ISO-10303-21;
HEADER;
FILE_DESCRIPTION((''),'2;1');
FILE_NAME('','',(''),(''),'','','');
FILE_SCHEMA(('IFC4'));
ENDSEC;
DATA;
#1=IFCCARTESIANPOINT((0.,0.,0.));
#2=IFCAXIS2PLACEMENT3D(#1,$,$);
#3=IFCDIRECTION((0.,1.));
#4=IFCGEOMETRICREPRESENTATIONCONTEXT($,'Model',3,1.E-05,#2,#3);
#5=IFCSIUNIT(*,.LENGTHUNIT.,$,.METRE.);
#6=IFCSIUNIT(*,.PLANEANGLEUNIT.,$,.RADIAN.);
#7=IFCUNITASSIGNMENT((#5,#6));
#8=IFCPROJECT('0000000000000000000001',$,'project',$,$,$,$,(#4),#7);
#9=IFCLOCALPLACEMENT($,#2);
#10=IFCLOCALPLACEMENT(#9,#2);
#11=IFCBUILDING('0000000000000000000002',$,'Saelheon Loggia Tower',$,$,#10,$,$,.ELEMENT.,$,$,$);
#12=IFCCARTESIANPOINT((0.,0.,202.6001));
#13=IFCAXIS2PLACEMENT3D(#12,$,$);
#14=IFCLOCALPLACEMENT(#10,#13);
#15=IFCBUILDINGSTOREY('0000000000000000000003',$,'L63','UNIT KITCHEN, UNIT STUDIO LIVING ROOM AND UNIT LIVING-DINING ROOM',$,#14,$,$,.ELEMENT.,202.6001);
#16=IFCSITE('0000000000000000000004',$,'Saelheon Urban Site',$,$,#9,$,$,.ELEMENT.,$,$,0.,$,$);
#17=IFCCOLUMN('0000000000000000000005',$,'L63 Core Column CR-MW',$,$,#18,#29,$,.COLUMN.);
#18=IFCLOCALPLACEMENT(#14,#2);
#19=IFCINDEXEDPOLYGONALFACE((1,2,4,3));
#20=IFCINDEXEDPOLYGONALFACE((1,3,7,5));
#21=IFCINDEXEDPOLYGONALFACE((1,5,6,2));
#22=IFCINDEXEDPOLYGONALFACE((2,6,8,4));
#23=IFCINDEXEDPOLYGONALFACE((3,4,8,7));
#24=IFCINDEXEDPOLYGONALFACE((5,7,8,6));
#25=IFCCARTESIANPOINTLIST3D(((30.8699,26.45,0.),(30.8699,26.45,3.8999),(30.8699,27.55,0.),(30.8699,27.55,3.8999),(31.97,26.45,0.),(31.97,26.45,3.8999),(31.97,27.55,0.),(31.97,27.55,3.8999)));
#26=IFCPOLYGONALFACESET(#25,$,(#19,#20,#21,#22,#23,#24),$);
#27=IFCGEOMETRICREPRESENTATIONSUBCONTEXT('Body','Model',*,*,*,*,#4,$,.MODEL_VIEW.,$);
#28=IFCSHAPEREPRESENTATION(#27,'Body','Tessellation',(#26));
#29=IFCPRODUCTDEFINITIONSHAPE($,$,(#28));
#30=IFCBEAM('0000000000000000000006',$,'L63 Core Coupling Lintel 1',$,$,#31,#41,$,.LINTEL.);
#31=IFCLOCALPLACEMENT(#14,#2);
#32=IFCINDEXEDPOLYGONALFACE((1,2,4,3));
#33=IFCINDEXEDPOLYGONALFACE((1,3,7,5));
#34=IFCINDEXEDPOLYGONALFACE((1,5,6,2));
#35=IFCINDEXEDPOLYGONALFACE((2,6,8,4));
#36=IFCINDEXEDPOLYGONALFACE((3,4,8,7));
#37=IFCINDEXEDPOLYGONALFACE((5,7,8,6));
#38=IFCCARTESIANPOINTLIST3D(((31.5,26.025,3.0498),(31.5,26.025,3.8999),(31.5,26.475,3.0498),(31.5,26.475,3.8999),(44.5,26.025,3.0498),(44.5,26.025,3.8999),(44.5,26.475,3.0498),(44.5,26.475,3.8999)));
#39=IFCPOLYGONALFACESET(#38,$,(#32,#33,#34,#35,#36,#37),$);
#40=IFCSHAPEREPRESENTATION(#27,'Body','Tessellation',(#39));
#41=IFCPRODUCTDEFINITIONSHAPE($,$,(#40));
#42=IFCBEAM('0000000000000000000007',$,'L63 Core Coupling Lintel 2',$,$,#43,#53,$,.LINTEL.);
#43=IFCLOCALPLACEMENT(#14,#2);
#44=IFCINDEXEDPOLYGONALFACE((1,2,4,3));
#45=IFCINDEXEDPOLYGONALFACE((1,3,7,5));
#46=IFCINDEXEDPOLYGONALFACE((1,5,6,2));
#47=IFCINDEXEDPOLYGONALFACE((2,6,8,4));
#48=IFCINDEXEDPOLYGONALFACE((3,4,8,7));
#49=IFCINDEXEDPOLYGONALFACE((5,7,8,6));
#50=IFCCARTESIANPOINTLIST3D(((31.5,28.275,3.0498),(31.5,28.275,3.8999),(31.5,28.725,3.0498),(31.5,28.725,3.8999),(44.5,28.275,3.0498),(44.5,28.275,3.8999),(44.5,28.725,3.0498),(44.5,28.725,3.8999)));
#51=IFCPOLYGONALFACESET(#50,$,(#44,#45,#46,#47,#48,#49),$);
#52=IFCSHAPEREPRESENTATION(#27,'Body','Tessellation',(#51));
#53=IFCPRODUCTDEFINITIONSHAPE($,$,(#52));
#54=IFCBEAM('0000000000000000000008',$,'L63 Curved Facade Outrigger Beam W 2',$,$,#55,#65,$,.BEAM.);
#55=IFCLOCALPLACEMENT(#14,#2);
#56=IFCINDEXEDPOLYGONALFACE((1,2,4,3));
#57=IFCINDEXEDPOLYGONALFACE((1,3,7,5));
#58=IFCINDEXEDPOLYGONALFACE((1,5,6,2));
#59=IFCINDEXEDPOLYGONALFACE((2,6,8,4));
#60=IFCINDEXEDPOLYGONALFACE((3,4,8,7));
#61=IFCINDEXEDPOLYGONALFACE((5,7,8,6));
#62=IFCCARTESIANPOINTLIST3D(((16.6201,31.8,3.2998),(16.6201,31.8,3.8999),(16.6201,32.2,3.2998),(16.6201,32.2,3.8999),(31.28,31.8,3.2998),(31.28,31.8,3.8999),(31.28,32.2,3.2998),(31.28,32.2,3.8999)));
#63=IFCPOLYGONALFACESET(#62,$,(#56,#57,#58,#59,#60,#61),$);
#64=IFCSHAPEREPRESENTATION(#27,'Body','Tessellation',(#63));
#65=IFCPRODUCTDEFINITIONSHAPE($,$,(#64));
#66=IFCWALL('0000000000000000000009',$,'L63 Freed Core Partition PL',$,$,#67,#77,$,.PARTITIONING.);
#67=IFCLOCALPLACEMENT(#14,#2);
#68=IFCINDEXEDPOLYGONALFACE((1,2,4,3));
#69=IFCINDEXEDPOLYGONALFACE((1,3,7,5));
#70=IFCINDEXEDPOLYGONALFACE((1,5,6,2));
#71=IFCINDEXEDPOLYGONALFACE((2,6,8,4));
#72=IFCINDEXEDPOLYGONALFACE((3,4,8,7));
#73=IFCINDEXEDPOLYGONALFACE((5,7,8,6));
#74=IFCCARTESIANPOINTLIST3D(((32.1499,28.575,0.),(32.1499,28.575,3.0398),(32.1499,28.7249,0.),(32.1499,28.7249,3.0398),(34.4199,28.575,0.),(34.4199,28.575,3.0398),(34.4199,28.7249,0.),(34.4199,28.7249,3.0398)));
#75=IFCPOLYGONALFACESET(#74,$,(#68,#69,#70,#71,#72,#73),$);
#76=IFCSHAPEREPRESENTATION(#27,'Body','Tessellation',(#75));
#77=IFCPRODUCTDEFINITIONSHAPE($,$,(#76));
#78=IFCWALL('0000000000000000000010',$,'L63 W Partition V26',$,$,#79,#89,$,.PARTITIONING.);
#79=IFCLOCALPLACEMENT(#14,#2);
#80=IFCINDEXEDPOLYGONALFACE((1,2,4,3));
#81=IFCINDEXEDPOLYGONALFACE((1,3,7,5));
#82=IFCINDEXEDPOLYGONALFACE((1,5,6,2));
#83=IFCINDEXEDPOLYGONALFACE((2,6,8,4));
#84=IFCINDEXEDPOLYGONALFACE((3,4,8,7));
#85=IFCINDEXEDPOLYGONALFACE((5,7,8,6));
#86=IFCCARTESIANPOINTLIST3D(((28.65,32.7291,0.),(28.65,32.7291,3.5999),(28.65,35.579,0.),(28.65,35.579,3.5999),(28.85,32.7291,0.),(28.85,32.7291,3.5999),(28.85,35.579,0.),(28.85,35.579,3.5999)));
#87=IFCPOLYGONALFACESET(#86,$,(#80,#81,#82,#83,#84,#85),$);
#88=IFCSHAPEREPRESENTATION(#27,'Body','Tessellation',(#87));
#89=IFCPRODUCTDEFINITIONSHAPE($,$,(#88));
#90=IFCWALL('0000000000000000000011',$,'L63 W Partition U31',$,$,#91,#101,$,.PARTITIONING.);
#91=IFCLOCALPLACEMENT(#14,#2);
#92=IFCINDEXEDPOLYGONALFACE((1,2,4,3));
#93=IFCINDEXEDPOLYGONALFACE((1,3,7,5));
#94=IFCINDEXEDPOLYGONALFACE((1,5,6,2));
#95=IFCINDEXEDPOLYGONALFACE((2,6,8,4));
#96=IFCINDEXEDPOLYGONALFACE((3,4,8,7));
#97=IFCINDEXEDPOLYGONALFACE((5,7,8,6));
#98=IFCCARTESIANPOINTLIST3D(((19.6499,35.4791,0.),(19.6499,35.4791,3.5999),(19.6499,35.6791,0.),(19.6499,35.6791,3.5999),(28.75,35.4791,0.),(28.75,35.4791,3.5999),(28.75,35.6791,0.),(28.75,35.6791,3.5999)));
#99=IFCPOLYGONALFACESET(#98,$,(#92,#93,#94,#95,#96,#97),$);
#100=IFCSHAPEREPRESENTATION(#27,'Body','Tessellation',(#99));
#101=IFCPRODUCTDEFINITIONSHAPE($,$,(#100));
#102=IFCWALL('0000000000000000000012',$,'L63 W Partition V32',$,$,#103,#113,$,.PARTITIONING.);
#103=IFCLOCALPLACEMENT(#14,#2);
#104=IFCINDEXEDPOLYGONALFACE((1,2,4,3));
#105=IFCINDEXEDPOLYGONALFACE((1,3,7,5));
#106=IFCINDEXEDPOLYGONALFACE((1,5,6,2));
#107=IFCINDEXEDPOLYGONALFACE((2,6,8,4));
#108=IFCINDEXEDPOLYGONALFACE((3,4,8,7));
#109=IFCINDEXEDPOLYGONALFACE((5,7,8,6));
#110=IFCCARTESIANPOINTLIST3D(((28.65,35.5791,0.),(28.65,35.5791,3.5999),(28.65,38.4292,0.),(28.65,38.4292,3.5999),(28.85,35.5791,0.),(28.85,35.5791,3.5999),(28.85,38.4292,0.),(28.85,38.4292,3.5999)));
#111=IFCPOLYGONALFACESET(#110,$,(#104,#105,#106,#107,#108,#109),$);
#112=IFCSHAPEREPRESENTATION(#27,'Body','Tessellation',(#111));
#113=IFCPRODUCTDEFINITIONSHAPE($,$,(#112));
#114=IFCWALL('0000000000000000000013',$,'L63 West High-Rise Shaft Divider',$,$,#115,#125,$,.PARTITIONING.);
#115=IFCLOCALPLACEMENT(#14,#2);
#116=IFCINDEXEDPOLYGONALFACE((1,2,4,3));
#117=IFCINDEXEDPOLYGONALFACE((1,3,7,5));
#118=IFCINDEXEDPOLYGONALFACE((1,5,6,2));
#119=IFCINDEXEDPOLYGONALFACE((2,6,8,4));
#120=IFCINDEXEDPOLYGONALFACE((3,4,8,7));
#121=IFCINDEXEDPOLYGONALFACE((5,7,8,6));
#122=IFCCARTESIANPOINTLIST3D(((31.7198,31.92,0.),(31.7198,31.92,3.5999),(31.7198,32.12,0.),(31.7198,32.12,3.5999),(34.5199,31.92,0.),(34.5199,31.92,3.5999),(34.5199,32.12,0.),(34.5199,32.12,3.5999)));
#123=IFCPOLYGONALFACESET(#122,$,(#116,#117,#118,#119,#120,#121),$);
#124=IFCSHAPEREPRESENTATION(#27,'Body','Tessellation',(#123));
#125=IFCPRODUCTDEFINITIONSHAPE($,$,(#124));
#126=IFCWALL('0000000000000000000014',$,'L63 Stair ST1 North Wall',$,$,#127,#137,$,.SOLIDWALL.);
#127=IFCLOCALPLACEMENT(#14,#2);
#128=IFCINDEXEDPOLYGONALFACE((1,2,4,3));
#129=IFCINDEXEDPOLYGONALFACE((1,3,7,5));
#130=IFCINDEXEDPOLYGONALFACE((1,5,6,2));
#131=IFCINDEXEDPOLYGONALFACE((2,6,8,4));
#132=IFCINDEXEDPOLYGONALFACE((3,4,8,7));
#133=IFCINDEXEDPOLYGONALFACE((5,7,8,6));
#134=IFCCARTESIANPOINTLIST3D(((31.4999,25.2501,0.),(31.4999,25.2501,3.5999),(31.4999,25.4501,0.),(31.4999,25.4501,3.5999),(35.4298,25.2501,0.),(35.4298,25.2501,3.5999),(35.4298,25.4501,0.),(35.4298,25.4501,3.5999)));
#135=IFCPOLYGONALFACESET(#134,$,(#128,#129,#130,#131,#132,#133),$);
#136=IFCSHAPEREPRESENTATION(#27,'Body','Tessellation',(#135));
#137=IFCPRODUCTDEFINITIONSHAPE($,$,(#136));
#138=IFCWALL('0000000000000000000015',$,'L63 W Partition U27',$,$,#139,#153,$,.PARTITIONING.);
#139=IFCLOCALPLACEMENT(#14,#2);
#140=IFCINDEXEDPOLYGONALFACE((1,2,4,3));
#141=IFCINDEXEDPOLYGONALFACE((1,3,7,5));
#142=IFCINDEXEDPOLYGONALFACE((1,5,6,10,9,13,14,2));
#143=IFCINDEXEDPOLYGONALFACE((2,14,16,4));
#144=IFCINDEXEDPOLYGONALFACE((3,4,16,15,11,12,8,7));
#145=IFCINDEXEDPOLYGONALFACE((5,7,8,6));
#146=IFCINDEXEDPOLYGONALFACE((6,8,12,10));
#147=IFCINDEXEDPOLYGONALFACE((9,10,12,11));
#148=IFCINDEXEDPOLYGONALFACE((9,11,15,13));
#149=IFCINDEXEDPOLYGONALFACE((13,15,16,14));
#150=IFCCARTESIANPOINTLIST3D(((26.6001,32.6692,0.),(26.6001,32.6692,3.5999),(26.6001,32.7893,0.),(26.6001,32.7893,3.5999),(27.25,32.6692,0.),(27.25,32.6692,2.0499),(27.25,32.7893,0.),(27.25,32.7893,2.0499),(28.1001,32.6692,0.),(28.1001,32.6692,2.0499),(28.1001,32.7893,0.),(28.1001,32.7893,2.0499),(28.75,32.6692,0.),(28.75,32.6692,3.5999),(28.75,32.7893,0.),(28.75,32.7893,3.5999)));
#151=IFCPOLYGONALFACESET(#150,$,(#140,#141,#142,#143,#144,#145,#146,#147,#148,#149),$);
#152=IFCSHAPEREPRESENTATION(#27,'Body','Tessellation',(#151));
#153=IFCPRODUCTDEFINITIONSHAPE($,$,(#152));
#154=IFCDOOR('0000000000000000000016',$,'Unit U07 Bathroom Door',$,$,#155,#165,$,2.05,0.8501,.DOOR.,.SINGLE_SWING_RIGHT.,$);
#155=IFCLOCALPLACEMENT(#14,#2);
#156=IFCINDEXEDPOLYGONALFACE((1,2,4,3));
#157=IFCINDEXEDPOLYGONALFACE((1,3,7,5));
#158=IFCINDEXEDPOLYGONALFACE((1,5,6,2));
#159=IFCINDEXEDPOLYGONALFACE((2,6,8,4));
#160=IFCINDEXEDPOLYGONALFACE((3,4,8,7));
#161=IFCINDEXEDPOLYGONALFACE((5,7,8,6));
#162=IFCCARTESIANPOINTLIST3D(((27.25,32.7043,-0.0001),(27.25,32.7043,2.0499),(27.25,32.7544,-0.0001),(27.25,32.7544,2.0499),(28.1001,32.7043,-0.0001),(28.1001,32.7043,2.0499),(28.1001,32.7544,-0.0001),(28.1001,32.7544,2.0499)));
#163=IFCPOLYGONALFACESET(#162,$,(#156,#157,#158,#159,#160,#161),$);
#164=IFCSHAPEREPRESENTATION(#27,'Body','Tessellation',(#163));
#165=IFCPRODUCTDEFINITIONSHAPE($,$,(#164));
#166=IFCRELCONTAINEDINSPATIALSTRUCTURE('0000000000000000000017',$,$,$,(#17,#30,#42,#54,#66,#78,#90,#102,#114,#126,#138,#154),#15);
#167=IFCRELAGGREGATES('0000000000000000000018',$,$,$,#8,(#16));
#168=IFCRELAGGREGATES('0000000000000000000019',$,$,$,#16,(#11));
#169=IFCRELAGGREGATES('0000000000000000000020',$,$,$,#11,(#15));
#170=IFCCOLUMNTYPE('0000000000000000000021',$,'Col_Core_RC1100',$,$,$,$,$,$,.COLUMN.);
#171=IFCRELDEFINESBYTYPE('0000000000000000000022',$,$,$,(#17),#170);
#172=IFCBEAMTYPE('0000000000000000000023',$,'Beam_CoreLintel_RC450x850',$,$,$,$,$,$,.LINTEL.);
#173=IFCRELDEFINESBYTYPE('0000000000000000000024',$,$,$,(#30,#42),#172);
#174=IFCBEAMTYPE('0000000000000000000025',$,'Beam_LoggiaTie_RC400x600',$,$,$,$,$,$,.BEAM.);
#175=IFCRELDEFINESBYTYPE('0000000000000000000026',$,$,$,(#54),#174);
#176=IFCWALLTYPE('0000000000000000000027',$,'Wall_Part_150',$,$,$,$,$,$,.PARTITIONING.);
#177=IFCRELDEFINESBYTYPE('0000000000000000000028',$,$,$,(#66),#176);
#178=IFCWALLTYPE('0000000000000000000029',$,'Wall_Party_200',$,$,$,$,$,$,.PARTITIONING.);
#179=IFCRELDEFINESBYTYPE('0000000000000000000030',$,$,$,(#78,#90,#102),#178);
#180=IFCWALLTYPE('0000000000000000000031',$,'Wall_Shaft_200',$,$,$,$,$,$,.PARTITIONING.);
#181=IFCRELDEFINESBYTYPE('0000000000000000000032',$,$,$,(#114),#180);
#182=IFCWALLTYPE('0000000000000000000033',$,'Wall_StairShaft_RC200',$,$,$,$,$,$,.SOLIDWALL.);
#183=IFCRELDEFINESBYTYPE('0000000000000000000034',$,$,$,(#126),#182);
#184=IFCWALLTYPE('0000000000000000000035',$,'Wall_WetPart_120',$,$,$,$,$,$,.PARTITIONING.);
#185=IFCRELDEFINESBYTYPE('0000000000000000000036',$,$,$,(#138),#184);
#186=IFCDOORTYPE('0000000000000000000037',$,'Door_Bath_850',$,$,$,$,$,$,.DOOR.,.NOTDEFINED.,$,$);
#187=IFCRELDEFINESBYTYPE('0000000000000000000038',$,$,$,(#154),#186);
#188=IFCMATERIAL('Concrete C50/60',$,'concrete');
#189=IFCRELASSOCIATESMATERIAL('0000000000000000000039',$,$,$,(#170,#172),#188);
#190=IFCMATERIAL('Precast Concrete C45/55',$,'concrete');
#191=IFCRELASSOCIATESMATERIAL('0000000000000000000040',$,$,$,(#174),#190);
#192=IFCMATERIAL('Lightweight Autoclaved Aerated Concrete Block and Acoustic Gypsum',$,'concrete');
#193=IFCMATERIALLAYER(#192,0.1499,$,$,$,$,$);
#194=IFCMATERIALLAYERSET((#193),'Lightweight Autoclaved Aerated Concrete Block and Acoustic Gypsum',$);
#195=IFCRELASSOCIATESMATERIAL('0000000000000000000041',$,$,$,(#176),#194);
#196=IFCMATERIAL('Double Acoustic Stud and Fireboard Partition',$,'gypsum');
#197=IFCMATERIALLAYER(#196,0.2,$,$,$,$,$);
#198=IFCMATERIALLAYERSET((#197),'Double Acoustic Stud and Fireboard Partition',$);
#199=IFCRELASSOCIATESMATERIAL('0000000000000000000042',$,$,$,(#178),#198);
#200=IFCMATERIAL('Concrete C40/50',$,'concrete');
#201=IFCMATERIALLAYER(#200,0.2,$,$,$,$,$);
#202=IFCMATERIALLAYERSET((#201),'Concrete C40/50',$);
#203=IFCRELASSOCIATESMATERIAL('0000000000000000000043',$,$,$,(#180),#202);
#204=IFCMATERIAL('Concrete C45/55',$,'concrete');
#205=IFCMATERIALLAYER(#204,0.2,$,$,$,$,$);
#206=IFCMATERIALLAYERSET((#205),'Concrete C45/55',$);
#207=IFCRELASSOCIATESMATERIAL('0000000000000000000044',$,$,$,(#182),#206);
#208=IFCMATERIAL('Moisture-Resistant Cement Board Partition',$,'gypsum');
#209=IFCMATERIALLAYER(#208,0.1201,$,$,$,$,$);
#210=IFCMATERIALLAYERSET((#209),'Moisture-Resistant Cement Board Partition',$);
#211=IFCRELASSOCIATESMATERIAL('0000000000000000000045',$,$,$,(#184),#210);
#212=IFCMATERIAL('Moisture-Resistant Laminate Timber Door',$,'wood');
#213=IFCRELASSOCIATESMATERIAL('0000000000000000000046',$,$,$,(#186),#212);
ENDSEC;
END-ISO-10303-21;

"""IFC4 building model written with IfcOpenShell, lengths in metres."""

from ifc_helpers import new_model, si_unit, direction, frame, frame_2d, origin, origin_2d, place, context, subcontext, project, spatial, rectangle, extrude, source, transform, mapped, material, layer, layer_set, material_profile, profile_set, type_object, element, fill, save


model = new_model("IFC4")

# Units and contexts
model_context = context("Model", 3, precision=1e-05, world=origin(), true_north=direction((0.0, 1.0)))
body_context = subcontext(model_context, "Body", "Model", "MODEL_VIEW")
ifc_project = project(units=[si_unit("LENGTHUNIT", "METRE"), si_unit("PLANEANGLEUNIT", "RADIAN")], contexts=[model_context])

# Site, building, storey
site_placement = place(None, origin())
site = spatial("IfcSite", under=ifc_project, at=site_placement, Name="Saelheon Urban Site", CompositionType="ELEMENT", RefElevation=0.0)
building_placement = place(site_placement, origin())
building = spatial("IfcBuilding", under=site, at=building_placement, Name="Saelheon Loggia Tower", CompositionType="ELEMENT")
storey_placement = place(building_placement, frame((0.0, 0.0, 202.6001)))
storey = spatial("IfcBuildingStorey", under=building, at=storey_placement, Name="L63", Description="UNIT KITCHEN, UNIT STUDIO LIVING ROOM AND UNIT LIVING-DINING ROOM", CompositionType="ELEMENT", Elevation=202.6001)

# Column
ifc_material_1 = material(Name="Concrete C50/60", Category="concrete")
ifc_material_profile_1 = material_profile(ifc_material_1, rectangle(XDim=1.1001, YDim=1.1001, at=origin_2d()), Name="RC-1100x1100")
ifc_profile_set_1 = profile_set([ifc_material_profile_1], Name="Concrete C50/60")
column_type = type_object("IfcColumnType", Name="Col_Core_RC1100", PredefinedType="COLUMN", material=ifc_profile_set_1)
shared_shape_1 = source(origin(), body_context, "Body", "SweptSolid", [
    extrude(rectangle(XDim=1.1001, YDim=1.1001, at=origin_2d()), origin(), (0.0, 0.0, 1.0), 3.8999),
])
column_placement = place(storey_placement, frame((31.4199, 27.0, 0.0), z_axis=(0.0, 0.0, 1.0), x_axis=(1.0, 0.0, 0.0)))
element("IfcColumn", 1, at=column_placement, inside=storey, type_object=column_type, Name="L63 Core Column CR-MW", PredefinedType="COLUMN", context=body_context, shape_type="MappedRepresentation", body=[
    mapped(shared_shape_1, transform((0.0, 0.0, 0.0), scale=1.0)),
])

# Beams
ifc_material_profile_2 = material_profile(ifc_material_1, rectangle(XDim=0.45, YDim=0.8501, at=origin_2d()), Name="RC-450x850")
ifc_profile_set_2 = profile_set([ifc_material_profile_2], Name="Concrete C50/60")
beam_type_1 = type_object("IfcBeamType", Name="Beam_CoreLintel_RC450x850", PredefinedType="LINTEL", material=ifc_profile_set_2)
shared_shape_2 = source(origin(), body_context, "Body", "SweptSolid", [
    extrude(rectangle(XDim=0.45, YDim=0.8501, at=origin_2d()), origin(), (0.0, 0.0, 1.0), 13.0),
])
for number, where, z_axis, x_axis, name in (
    (2, (31.5, 26.25, 3.4749), (1.0, 0.0, 0.0), (0.0, 1.0, 0.0), "L63 Core Coupling Lintel 1"),
    (3, (31.5, 28.5, 3.4749), (1.0, 0.0, 0.0), (0.0, 1.0, 0.0), "L63 Core Coupling Lintel 2"),
):
    element("IfcBeam", number, at=place(storey_placement, frame(where, z_axis=z_axis, x_axis=x_axis)), inside=storey, type_object=beam_type_1, Name=name, PredefinedType="LINTEL", context=body_context, shape_type="MappedRepresentation", body=[
        mapped(shared_shape_2, transform((0.0, 0.0, 0.0), scale=1.0)),
    ])
ifc_material_2 = material(Name="Precast Concrete C45/55", Category="concrete")
ifc_material_profile_3 = material_profile(ifc_material_2, rectangle(XDim=0.3999, YDim=0.6001, at=origin_2d()), Name="RC-400x600")
ifc_profile_set_3 = profile_set([ifc_material_profile_3], Name="Precast Concrete C45/55")
beam_type_2 = type_object("IfcBeamType", Name="Beam_LoggiaTie_RC400x600", PredefinedType="BEAM", material=ifc_profile_set_3)
shared_shape_3 = source(origin(), body_context, "Body", "SweptSolid", [
    extrude(rectangle(XDim=0.3999, YDim=0.6001, at=origin_2d()), origin(), (0.0, 0.0, 1.0), 14.6599),
])
beam_placement = place(storey_placement, frame((31.28, 32.0, 3.5999), z_axis=(-1.0, 0.0, 0.0), x_axis=(0.0, -1.0, 0.0)))
element("IfcBeam", 4, at=beam_placement, inside=storey, type_object=beam_type_2, Name="L63 Curved Facade Outrigger Beam W 2", PredefinedType="BEAM", context=body_context, shape_type="MappedRepresentation", body=[
    mapped(shared_shape_3, transform((0.0, 0.0, 0.0), scale=1.0)),
])

# Wall
ifc_material_3 = material(Name="Lightweight Autoclaved Aerated Concrete Block and Acoustic Gypsum", Category="concrete")
ifc_layer_1 = layer(ifc_material_3, 0.1499)
ifc_layer_set_1 = layer_set([ifc_layer_1], Name="Lightweight Autoclaved Aerated Concrete Block and Acoustic Gypsum")
wall_type_1 = type_object("IfcWallType", Name="Wall_Part_150", PredefinedType="PARTITIONING", material=ifc_layer_set_1)
wall_1_placement = place(storey_placement, frame((32.1499, 28.6499, 0.0), z_axis=(0.0, 0.0, 1.0), x_axis=(1.0, 0.0, 0.0)))
element("IfcWall", 5, at=wall_1_placement, inside=storey, type_object=wall_type_1, Name="L63 Freed Core Partition PL", PredefinedType="PARTITIONING", context=body_context, shape_type="SweptSolid", body=[
    extrude(rectangle(XDim=2.27, YDim=0.1499, at=frame_2d((1.135, 0.0))), origin(), (0.0, 0.0, 1.0), 3.0398),
])

# Shared definitions
ifc_material_4 = material(Name="Double Acoustic Stud and Fireboard Partition", Category="gypsum")
ifc_layer_2 = layer(ifc_material_4, 0.2)
ifc_layer_set_2 = layer_set([ifc_layer_2], Name="Double Acoustic Stud and Fireboard Partition")
wall_type_2 = type_object("IfcWallType", Name="Wall_Party_200", PredefinedType="PARTITIONING", material=ifc_layer_set_2)

# Walls
wall_2_placement = place(storey_placement, frame((28.75, 32.7292, 0.0), z_axis=(0.0, 0.0, 1.0), x_axis=(0.0, 1.0, 0.0)))
element("IfcWall", 6, at=wall_2_placement, inside=storey, type_object=wall_type_2, Name="L63 W Partition V26", PredefinedType="PARTITIONING", context=body_context, shape_type="SweptSolid", body=[
    extrude(rectangle(XDim=2.8499, YDim=0.2, at=frame_2d((1.4248, 0.0))), origin(), (0.0, 0.0, 1.0), 3.5999),
])
wall_3_placement = place(storey_placement, frame((28.75, 35.5791, 0.0), z_axis=(0.0, 0.0, 1.0), x_axis=(-1.0, 0.0, 0.0)))
element("IfcWall", 7, at=wall_3_placement, inside=storey, type_object=wall_type_2, Name="L63 W Partition U31", PredefinedType="PARTITIONING", context=body_context, shape_type="SweptSolid", body=[
    extrude(rectangle(XDim=9.1001, YDim=0.2, at=frame_2d((4.55, 0.0))), origin(), (0.0, 0.0, 1.0), 3.5999),
])
wall_4_placement = place(storey_placement, frame((28.75, 35.5791, 0.0), z_axis=(0.0, 0.0, 1.0), x_axis=(0.0, 1.0, 0.0)))
element("IfcWall", 8, at=wall_4_placement, inside=storey, type_object=wall_type_2, Name="L63 W Partition V32", PredefinedType="PARTITIONING", context=body_context, shape_type="SweptSolid", body=[
    extrude(rectangle(XDim=2.8501, YDim=0.2, at=frame_2d((1.425, 0.0))), origin(), (0.0, 0.0, 1.0), 3.5999),
])
ifc_material_5 = material(Name="Concrete C40/50", Category="concrete")
ifc_layer_3 = layer(ifc_material_5, 0.2)
ifc_layer_set_3 = layer_set([ifc_layer_3], Name="Concrete C40/50")
wall_type_3 = type_object("IfcWallType", Name="Wall_Shaft_200", PredefinedType="PARTITIONING", material=ifc_layer_set_3)
wall_5_placement = place(storey_placement, frame((31.72, 32.02, 0.0), z_axis=(0.0, 0.0, 1.0), x_axis=(1.0, 0.0, 0.0)))
element("IfcWall", 9, at=wall_5_placement, inside=storey, type_object=wall_type_3, Name="L63 West High-Rise Shaft Divider", PredefinedType="PARTITIONING", context=body_context, shape_type="SweptSolid", body=[
    extrude(rectangle(XDim=2.8, YDim=0.2, at=frame_2d((1.3999, 0.0))), origin(), (0.0, 0.0, 1.0), 3.5999),
])
ifc_material_6 = material(Name="Concrete C45/55", Category="concrete")
ifc_layer_4 = layer(ifc_material_6, 0.2)
ifc_layer_set_4 = layer_set([ifc_layer_4], Name="Concrete C45/55")
wall_type_4 = type_object("IfcWallType", Name="Wall_StairShaft_RC200", PredefinedType="SOLIDWALL", material=ifc_layer_set_4)
wall_6_placement = place(storey_placement, frame((31.5, 25.3501, 0.0), z_axis=(0.0, 0.0, 1.0), x_axis=(1.0, 0.0, 0.0)))
element("IfcWall", 10, at=wall_6_placement, inside=storey, type_object=wall_type_4, Name="L63 Stair ST1 North Wall", PredefinedType="SOLIDWALL", context=body_context, shape_type="SweptSolid", body=[
    extrude(rectangle(XDim=3.9299, YDim=0.2, at=frame_2d((1.9648, 0.0))), origin(), (0.0, 0.0, 1.0), 3.5999),
])

# Wall, opening, door
ifc_material_7 = material(Name="Moisture-Resistant Cement Board Partition", Category="gypsum")
ifc_layer_5 = layer(ifc_material_7, 0.1201)
ifc_layer_set_5 = layer_set([ifc_layer_5], Name="Moisture-Resistant Cement Board Partition")
wall_type_5 = type_object("IfcWallType", Name="Wall_WetPart_120", PredefinedType="PARTITIONING", material=ifc_layer_set_5)
wall_7_placement = place(storey_placement, frame((28.75, 32.7292, 0.0), z_axis=(0.0, 0.0, 1.0), x_axis=(-1.0, 0.0, 0.0)))
wall_7 = element("IfcWall", 11, at=wall_7_placement, inside=storey, type_object=wall_type_5, Name="L63 W Partition U27", PredefinedType="PARTITIONING", context=body_context, shape_type="SweptSolid", body=[
    extrude(rectangle(XDim=2.1499, YDim=0.1201, at=frame_2d((1.075, 0.0))), origin(), (0.0, 0.0, 1.0), 3.5999),
])
opening_1_placement = place(wall_7_placement, frame((0.6499, 0.0, 0.0)))
opening_1 = element("IfcOpeningElement", 12, at=opening_1_placement, cuts=wall_7, PredefinedType="OPENING", context=body_context, shape_type="SweptSolid", body=[
    extrude(rectangle(XDim=0.8501, YDim=2.05, at=frame_2d((0.425, 1.0249))), frame((0.0, 0.072, 0.0), z_axis=(0.0, -1.0, 0.0), x_axis=(1.0, 0.0, 0.0)), (0.0, 0.0, 1.0), 0.144),
])
ifc_material_8 = material(Name="Moisture-Resistant Laminate Timber Door", Category="wood")
door_type_1 = type_object("IfcDoorType", Name="Door_Bath_850", OperationType="NOTDEFINED", PredefinedType="DOOR", material=ifc_material_8)
shared_shape_4 = source(origin(), body_context, "Body", "SweptSolid", [
    extrude(rectangle(XDim=0.8501, YDim=2.05, at=frame_2d((0.425, 1.0249))), frame((0.0, 0.0249, 0.0), z_axis=(0.0, -1.0, 0.0), x_axis=(1.0, 0.0, 0.0)), (0.0, 0.0, 1.0), 0.05),
])
door_1_placement = place(opening_1_placement, origin())
door_1 = element("IfcDoor", 13, at=door_1_placement, inside=storey, type_object=door_type_1, Name="Unit U07 Bathroom Door", OperationType="SINGLE_SWING_RIGHT", OverallHeight=2.05, OverallWidth=0.8501, PredefinedType="DOOR", context=body_context, shape_type="MappedRepresentation", body=[
    mapped(shared_shape_4, transform((0.0, 0.0, 0.0), scale=1.0)),
])
fill(opening_1, door_1)

save(model, "model.ifc")
